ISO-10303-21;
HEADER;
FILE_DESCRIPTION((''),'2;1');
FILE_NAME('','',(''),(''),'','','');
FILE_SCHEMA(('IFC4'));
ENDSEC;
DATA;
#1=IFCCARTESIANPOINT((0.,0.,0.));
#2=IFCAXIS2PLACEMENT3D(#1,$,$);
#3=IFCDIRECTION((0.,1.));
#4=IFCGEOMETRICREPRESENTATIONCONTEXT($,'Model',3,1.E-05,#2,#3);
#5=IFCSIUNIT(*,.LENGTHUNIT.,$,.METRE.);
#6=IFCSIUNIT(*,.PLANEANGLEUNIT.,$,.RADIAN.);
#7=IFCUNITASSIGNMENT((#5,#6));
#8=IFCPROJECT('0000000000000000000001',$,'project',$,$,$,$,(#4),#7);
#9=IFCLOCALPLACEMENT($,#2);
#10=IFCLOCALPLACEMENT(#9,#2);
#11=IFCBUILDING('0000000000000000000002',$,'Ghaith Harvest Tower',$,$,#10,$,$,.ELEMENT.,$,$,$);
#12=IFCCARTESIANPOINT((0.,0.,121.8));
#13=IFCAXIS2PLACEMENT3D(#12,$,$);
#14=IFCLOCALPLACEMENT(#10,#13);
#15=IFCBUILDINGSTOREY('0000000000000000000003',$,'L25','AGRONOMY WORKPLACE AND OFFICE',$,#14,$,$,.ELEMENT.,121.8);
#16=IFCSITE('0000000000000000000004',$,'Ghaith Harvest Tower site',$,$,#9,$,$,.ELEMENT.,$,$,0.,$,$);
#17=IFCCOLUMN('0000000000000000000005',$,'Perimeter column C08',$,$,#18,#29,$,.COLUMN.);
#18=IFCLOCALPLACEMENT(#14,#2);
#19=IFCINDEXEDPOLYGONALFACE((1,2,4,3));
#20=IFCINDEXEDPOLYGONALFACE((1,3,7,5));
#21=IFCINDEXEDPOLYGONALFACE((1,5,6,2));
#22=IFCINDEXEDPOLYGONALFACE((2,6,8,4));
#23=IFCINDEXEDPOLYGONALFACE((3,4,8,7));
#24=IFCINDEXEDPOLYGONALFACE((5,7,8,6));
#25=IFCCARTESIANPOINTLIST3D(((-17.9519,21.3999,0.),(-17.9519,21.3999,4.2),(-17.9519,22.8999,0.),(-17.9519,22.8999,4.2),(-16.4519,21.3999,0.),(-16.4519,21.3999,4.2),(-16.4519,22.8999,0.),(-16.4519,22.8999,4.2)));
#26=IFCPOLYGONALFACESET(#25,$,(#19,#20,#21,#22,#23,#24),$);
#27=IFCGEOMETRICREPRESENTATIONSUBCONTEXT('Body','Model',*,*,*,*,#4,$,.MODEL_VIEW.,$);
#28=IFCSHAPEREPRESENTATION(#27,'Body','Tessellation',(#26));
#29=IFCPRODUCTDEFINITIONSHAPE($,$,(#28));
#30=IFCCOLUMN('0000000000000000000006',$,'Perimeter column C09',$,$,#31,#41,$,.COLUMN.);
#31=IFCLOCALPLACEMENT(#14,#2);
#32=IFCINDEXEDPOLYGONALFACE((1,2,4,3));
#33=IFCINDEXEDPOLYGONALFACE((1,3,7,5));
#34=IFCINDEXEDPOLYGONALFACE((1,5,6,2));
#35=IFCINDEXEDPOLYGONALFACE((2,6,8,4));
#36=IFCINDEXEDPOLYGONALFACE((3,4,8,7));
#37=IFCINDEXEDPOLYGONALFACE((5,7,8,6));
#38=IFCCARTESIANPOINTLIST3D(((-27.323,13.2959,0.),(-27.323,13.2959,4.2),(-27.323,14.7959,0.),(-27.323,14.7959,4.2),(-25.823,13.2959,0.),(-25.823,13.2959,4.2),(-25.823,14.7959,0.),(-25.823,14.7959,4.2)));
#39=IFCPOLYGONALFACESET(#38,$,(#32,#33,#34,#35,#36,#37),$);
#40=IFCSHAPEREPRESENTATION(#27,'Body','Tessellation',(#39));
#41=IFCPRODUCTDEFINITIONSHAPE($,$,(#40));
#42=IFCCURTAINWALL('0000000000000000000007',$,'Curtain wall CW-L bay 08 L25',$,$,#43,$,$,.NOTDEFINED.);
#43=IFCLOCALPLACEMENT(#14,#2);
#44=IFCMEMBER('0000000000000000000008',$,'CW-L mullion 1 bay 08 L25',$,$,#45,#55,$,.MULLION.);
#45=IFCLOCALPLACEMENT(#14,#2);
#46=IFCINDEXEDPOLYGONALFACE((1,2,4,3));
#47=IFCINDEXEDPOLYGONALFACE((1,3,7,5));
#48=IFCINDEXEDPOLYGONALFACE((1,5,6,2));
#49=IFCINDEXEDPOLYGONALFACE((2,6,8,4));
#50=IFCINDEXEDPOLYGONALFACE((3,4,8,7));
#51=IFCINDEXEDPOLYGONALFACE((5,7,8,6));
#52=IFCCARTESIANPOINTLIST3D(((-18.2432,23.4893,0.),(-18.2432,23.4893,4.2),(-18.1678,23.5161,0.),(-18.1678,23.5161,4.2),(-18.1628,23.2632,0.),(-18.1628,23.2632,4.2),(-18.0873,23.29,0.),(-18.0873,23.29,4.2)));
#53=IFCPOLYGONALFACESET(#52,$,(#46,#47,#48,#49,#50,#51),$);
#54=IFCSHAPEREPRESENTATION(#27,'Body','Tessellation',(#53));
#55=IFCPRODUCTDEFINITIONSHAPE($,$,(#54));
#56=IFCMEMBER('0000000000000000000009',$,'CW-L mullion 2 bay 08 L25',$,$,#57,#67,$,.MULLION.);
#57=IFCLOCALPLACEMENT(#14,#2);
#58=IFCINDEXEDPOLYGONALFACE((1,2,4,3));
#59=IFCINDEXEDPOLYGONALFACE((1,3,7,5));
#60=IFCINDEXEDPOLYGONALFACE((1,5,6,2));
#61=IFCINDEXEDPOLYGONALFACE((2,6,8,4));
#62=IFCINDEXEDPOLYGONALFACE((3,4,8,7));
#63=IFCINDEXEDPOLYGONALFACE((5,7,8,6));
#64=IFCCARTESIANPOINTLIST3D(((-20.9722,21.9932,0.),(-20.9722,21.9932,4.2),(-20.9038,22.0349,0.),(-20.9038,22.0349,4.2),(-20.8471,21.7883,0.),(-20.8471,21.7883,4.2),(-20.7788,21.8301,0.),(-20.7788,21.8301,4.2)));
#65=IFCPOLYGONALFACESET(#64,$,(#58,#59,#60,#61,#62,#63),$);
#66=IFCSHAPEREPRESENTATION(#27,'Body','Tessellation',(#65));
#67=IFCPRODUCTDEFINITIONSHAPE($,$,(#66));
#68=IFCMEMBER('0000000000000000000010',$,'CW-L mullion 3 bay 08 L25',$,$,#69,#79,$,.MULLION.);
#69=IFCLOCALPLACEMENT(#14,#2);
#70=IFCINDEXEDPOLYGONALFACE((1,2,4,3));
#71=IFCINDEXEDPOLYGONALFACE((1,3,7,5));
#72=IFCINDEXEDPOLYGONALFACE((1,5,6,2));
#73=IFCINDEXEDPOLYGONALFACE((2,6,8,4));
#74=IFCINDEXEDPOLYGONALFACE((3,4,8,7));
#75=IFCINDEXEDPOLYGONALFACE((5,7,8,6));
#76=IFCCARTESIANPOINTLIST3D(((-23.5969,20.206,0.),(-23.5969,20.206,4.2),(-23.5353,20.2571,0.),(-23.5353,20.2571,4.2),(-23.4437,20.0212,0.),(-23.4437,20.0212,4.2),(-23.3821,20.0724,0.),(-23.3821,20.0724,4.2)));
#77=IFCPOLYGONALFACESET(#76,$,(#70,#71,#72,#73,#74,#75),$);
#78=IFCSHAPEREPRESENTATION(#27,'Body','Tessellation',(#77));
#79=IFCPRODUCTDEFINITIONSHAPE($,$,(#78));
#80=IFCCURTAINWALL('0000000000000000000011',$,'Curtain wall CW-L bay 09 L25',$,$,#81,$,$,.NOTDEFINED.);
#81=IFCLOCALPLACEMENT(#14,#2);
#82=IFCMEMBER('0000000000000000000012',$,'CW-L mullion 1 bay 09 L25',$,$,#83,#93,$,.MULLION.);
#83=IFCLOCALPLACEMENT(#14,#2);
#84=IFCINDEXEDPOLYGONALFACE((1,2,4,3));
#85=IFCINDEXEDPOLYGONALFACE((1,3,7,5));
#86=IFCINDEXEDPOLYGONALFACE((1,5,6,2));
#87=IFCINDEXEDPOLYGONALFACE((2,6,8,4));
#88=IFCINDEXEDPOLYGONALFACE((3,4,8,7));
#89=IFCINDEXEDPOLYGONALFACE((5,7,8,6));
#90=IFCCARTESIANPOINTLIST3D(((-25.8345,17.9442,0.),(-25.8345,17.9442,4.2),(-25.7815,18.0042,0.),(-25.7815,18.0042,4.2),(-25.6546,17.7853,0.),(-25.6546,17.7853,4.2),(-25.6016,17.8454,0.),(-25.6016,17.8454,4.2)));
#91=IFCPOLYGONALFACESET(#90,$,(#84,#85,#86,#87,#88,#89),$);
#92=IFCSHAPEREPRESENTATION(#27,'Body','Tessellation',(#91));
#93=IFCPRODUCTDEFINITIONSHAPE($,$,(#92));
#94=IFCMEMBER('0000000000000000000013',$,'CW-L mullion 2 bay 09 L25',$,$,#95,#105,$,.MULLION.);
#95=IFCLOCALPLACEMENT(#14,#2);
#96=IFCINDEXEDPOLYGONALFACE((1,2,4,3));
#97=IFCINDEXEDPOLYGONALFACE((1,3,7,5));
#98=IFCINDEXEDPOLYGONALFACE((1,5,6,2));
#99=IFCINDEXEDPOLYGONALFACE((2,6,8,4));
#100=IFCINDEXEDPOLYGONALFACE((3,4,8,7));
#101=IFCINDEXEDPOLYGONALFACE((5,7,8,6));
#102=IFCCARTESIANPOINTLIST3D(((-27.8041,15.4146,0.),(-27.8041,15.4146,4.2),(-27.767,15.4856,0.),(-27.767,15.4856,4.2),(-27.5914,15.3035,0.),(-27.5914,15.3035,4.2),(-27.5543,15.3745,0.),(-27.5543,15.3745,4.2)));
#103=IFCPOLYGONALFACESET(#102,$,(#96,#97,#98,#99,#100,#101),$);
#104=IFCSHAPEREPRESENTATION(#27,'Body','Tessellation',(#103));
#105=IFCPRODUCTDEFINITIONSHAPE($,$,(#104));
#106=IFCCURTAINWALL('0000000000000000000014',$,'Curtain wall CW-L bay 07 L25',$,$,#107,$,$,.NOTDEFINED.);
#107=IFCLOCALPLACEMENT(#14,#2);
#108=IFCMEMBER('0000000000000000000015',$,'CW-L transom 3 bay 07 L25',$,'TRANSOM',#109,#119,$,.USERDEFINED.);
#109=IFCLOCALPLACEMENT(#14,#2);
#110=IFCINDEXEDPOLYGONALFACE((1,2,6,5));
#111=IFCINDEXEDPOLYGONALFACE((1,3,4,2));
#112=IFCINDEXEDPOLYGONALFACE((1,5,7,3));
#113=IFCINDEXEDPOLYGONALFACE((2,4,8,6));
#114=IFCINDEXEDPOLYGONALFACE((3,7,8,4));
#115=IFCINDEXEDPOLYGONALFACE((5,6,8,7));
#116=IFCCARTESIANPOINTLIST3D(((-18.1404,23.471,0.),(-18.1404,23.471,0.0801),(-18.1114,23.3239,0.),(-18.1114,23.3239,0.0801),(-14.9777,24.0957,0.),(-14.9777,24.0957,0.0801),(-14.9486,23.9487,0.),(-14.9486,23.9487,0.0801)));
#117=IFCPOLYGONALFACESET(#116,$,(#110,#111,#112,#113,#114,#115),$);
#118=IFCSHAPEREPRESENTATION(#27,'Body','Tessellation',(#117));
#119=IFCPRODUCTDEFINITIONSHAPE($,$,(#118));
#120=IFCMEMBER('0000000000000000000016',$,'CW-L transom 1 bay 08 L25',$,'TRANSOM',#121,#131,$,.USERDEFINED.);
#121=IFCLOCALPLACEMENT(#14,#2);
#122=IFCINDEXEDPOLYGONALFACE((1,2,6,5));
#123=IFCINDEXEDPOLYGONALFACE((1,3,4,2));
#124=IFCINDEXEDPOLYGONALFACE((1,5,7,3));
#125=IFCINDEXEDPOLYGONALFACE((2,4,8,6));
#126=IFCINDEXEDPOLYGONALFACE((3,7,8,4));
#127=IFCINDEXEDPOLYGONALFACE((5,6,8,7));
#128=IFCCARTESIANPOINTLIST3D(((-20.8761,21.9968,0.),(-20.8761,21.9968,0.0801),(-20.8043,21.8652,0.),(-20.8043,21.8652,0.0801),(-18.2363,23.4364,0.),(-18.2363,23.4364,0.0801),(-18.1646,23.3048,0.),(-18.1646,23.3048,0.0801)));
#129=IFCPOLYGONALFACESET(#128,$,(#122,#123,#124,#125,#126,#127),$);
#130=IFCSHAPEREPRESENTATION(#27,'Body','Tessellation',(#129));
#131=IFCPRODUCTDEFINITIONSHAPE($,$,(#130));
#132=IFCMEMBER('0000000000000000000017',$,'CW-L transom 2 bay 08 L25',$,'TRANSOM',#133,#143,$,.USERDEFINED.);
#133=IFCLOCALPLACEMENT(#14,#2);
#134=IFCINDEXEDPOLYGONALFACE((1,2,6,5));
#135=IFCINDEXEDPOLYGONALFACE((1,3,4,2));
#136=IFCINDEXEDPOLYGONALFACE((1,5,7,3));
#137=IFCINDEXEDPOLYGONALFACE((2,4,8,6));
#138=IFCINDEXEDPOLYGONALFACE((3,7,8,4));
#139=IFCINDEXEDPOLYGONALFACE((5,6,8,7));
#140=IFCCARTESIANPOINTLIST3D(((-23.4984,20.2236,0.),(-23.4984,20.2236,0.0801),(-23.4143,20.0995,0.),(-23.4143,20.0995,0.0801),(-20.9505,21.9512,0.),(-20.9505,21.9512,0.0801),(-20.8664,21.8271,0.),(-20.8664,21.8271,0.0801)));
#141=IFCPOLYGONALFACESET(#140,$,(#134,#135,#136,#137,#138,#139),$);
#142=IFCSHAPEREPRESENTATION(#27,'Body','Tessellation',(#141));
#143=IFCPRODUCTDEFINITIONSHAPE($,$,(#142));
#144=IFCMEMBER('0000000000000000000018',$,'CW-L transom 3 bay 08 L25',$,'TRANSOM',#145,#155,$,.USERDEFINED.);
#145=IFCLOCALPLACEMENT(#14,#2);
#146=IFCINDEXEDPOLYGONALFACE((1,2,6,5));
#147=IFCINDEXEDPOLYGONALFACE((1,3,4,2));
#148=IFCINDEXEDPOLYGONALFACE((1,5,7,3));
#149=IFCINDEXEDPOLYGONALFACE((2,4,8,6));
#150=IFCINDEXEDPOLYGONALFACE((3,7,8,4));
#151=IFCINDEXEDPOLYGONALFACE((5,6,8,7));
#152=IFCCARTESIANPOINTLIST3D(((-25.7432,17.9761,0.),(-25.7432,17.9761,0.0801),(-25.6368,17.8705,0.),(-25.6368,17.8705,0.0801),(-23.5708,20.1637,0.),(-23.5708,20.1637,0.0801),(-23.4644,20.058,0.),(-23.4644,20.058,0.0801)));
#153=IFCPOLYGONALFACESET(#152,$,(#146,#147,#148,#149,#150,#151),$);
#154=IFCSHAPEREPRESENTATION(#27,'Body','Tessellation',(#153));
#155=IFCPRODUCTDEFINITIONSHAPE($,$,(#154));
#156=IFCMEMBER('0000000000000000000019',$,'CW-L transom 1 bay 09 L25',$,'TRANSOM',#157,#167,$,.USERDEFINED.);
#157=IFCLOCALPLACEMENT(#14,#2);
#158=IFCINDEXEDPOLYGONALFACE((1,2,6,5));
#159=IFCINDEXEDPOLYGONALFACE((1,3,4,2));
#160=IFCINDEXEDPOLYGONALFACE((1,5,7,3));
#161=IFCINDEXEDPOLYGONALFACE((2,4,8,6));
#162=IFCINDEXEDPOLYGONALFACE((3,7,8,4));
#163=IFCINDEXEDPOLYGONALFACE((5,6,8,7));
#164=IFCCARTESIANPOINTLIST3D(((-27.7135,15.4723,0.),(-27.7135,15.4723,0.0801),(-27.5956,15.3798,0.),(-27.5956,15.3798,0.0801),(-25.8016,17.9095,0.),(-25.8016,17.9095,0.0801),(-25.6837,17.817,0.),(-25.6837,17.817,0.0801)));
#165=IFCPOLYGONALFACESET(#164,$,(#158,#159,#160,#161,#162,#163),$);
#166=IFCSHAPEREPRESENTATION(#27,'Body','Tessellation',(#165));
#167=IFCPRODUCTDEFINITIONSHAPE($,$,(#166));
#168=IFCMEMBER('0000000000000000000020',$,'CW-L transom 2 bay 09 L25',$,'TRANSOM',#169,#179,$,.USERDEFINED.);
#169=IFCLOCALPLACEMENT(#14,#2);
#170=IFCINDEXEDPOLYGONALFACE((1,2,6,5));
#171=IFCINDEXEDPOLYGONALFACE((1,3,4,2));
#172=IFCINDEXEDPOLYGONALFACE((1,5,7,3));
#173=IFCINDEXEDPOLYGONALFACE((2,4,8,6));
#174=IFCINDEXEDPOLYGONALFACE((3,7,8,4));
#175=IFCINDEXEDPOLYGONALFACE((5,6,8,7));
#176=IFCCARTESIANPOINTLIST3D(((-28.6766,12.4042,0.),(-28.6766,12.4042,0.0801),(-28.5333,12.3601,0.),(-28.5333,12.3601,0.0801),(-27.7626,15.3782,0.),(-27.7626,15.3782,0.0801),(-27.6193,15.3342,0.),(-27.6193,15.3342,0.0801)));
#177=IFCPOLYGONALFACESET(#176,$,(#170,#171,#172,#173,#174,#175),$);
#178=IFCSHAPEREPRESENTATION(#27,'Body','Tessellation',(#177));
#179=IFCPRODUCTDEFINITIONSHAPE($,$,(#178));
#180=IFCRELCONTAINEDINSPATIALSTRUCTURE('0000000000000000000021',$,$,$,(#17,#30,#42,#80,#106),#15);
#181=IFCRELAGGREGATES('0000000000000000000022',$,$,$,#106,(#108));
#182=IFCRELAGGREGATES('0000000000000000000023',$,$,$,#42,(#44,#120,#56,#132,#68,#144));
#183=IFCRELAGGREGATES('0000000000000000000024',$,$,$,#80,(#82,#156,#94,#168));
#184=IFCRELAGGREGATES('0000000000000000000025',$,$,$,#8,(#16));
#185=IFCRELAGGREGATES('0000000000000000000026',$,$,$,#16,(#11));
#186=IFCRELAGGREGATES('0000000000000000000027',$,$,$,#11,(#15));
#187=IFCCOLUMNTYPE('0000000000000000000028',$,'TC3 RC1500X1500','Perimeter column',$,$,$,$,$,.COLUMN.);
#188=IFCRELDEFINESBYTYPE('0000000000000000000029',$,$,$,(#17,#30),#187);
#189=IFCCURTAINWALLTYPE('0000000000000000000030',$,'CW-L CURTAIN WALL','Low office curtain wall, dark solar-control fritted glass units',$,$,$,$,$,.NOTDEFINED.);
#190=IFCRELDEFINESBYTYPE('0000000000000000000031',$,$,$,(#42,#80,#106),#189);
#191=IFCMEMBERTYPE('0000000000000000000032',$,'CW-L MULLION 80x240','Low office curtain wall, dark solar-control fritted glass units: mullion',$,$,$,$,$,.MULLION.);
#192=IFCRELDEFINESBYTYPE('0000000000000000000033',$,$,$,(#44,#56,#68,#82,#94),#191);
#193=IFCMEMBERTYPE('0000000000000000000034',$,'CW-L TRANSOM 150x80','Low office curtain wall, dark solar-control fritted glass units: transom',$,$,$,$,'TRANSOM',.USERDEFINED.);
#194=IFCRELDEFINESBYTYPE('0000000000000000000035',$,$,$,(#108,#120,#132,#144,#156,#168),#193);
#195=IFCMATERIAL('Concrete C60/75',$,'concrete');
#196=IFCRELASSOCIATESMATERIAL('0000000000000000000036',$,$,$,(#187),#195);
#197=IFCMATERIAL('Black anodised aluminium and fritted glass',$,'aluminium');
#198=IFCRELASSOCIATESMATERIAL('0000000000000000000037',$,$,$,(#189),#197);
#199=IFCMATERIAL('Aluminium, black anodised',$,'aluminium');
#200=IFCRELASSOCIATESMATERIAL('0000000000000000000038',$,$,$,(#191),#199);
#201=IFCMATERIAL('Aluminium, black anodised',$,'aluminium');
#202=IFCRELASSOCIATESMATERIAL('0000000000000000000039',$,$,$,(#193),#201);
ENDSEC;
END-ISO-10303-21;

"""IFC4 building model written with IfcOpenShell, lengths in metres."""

from ifc_helpers import new_model, si_unit, direction, frame, origin, origin_2d, place, context, subcontext, project, spatial, rectangle, extrude, material, material_profile, profile_set, type_object, element, aggregate, save


model = new_model("IFC4")

# Units and contexts
model_context = context("Model", 3, precision=1e-05, world=origin(), true_north=direction((0.0, 1.0)))
body_context = subcontext(model_context, "Body", "Model", "MODEL_VIEW")
ifc_project = project(units=[si_unit("LENGTHUNIT", "METRE"), si_unit("PLANEANGLEUNIT", "RADIAN")], contexts=[model_context])

# Site, building, storey
site_placement = place(None, origin())
site = spatial("IfcSite", under=ifc_project, at=site_placement, Name="Ghaith Harvest Tower site", CompositionType="ELEMENT", RefElevation=0.0)
building_placement = place(site_placement, origin())
building = spatial("IfcBuilding", under=site, at=building_placement, Name="Ghaith Harvest Tower", CompositionType="ELEMENT")
storey_placement = place(building_placement, frame((0.0, 0.0, 121.8)))
storey = spatial("IfcBuildingStorey", under=building, at=storey_placement, Name="L25", Description="AGRONOMY WORKPLACE AND OFFICE", CompositionType="ELEMENT", Elevation=121.8)

# Columns
ifc_material_1 = material(Name="Concrete C60/75", Category="concrete")
ifc_material_profile_1 = material_profile(ifc_material_1, rectangle(XDim=1.5, YDim=1.5, at=origin_2d()), Name="RC1500X1500")
ifc_profile_set_1 = profile_set([ifc_material_profile_1], Name="Concrete C60/75")
column_type = type_object("IfcColumnType", Name="TC3 RC1500X1500", Description="Perimeter column", PredefinedType="COLUMN", material=ifc_profile_set_1)
for number, where, z_axis, x_axis, name in (
    (1, (-17.2019, 22.1499, 0.0), (0.0, 0.0, 1.0), (1.0, 0.0, 0.0), "Perimeter column C08"),
    (2, (-26.573, 14.0459, 0.0), (0.0, 0.0, 1.0), (1.0, 0.0, 0.0), "Perimeter column C09"),
):
    element("IfcColumn", number, at=place(storey_placement, frame(where, z_axis=z_axis, x_axis=x_axis)), inside=storey, type_object=column_type, Name=name, PredefinedType="COLUMN", context=body_context, shape_type="SweptSolid", body=[
        extrude(rectangle(XDim=1.5, YDim=1.5, at=origin_2d()), origin(), (0.0, 0.0, 1.0), 4.2),
    ])

# Curtain walls, members
ifc_material_2 = material(Name="Black anodised aluminium and fritted glass", Category="aluminium")
curtain_wall_type = type_object("IfcCurtainWallType", Name="CW-L CURTAIN WALL", Description="Low office curtain wall, dark solar-control fritted glass units", PredefinedType="NOTDEFINED", material=ifc_material_2)
curtain_wall_1_placement = place(storey_placement, origin())
curtain_wall_1 = element("IfcCurtainWall", 3, at=curtain_wall_1_placement, inside=storey, type_object=curtain_wall_type, Name="Curtain wall CW-L bay 08 L25", PredefinedType="NOTDEFINED")
ifc_material_3 = material(Name="Aluminium, black anodised", Category="aluminium")
ifc_material_profile_2 = material_profile(ifc_material_3, rectangle(XDim=0.0801, YDim=0.24, at=origin_2d()), Name="CW-L MULLION 80x240")
ifc_profile_set_2 = profile_set([ifc_material_profile_2], Name="Aluminium, black anodised")
member_type_1 = type_object("IfcMemberType", Name="CW-L MULLION 80x240", Description="Low office curtain wall, dark solar-control fritted glass units: mullion", PredefinedType="MULLION", material=ifc_profile_set_2)
member_1_placement = place(storey_placement, frame((-18.1653, 23.3896, 0.0), z_axis=(0.0, 0.0, 1.0), x_axis=(-0.942104, -0.335322, 0.0)))
member_1 = element("IfcMember", 4, at=member_1_placement, type_object=member_type_1, Name="CW-L mullion 1 bay 08 L25", PredefinedType="MULLION", context=body_context, shape_type="SweptSolid", body=[
    extrude(rectangle(XDim=0.0801, YDim=0.24, at=origin_2d()), origin(), (0.0, 0.0, 1.0), 4.2),
])
member_2_placement = place(storey_placement, frame((-20.8755, 21.9116, 0.0), z_axis=(0.0, 0.0, 1.0), x_axis=(-0.853516, -0.521067, 0.0)))
member_2 = element("IfcMember", 5, at=member_2_placement, type_object=member_type_1, Name="CW-L mullion 2 bay 08 L25", PredefinedType="MULLION", context=body_context, shape_type="SweptSolid", body=[
    extrude(rectangle(XDim=0.0801, YDim=0.24, at=origin_2d()), origin(), (0.0, 0.0, 1.0), 4.2),
])
member_3_placement = place(storey_placement, frame((-23.4895, 20.1392, 0.0), z_axis=(0.0, 0.0, 1.0), x_axis=(-0.769683, -0.638427, 0.0)))
member_3 = element("IfcMember", 6, at=member_3_placement, type_object=member_type_1, Name="CW-L mullion 3 bay 08 L25", PredefinedType="MULLION", context=body_context, shape_type="SweptSolid", body=[
    extrude(rectangle(XDim=0.0801, YDim=0.24, at=origin_2d()), origin(), (0.0, 0.0, 1.0), 4.2),
])
curtain_wall_2_placement = place(storey_placement, origin())
curtain_wall_2 = element("IfcCurtainWall", 7, at=curtain_wall_2_placement, inside=storey, type_object=curtain_wall_type, Name="Curtain wall CW-L bay 09 L25", PredefinedType="NOTDEFINED")
member_4_placement = place(storey_placement, frame((-25.718, 17.8948, 0.0), z_axis=(0.0, 0.0, 1.0), x_axis=(-0.661904, -0.749589, 0.0)))
member_4 = element("IfcMember", 8, at=member_4_placement, type_object=member_type_1, Name="CW-L mullion 1 bay 09 L25", PredefinedType="MULLION", context=body_context, shape_type="SweptSolid", body=[
    extrude(rectangle(XDim=0.0801, YDim=0.24, at=origin_2d()), origin(), (0.0, 0.0, 1.0), 4.2),
])
member_5_placement = place(storey_placement, frame((-27.6792, 15.3945, 0.0), z_axis=(0.0, 0.0, 1.0), x_axis=(-0.46289, -0.886416, 0.0)))
member_5 = element("IfcMember", 9, at=member_5_placement, type_object=member_type_1, Name="CW-L mullion 2 bay 09 L25", PredefinedType="MULLION", context=body_context, shape_type="SweptSolid", body=[
    extrude(rectangle(XDim=0.0801, YDim=0.24, at=origin_2d()), origin(), (0.0, 0.0, 1.0), 4.2),
])

# Curtain wall, member
curtain_wall_3_placement = place(storey_placement, origin())
curtain_wall_3 = element("IfcCurtainWall", 10, at=curtain_wall_3_placement, inside=storey, type_object=curtain_wall_type, Name="Curtain wall CW-L bay 07 L25", PredefinedType="NOTDEFINED")
ifc_material_4 = material(Name="Aluminium, black anodised", Category="aluminium")
ifc_material_profile_3 = material_profile(ifc_material_4, rectangle(XDim=0.1499, YDim=0.0801, at=origin_2d()), Name="CW-L TRANSOM 150x80")
ifc_profile_set_3 = profile_set([ifc_material_profile_3], Name="Aluminium, black anodised")
member_type_2 = type_object("IfcMemberType", Name="CW-L TRANSOM 150x80", Description="Low office curtain wall, dark solar-control fritted glass units: transom", ElementType="TRANSOM", PredefinedType="USERDEFINED", material=ifc_profile_set_3)
member_6_placement = place(storey_placement, frame((-14.9631, 24.0222, 0.04), z_axis=(-0.981044, -0.193786, 0.0), x_axis=(0.193786, -0.981044, 0.0)))
member_6 = element("IfcMember", 11, at=member_6_placement, type_object=member_type_2, Name="CW-L transom 3 bay 07 L25", ObjectType="TRANSOM", PredefinedType="USERDEFINED", context=body_context, shape_type="SweptSolid", body=[
    extrude(rectangle(XDim=0.1499, YDim=0.0801, at=origin_2d()), origin(), (0.0, 0.0, 1.0), 3.2239),
])

# Members
member_7_placement = place(storey_placement, frame((-18.2004, 23.3706, 0.04), z_axis=(-0.87793, -0.47879, 0.0), x_axis=(0.47879, -0.87793, 0.0)))
member_7 = element("IfcMember", 12, at=member_7_placement, type_object=member_type_2, Name="CW-L transom 1 bay 08 L25", ObjectType="TRANSOM", PredefinedType="USERDEFINED", context=body_context, shape_type="SweptSolid", body=[
    extrude(rectangle(XDim=0.1499, YDim=0.0801, at=origin_2d()), origin(), (0.0, 0.0, 1.0), 3.0068),
])
member_8_placement = place(storey_placement, frame((-20.9084, 21.8892, 0.04), z_axis=(-0.827681, -0.561199, 0.0), x_axis=(0.561199, -0.827681, 0.0)))
member_8 = element("IfcMember", 13, at=member_8_placement, type_object=member_type_2, Name="CW-L transom 2 bay 08 L25", ObjectType="TRANSOM", PredefinedType="USERDEFINED", context=body_context, shape_type="SweptSolid", body=[
    extrude(rectangle(XDim=0.1499, YDim=0.0801, at=origin_2d()), origin(), (0.0, 0.0, 1.0), 3.0784),
])
member_9_placement = place(storey_placement, frame((-23.5176, 20.1108, 0.04), z_axis=(-0.704648, -0.709557, 0.0), x_axis=(0.709557, -0.704648, 0.0)))
member_9 = element("IfcMember", 14, at=member_9_placement, type_object=member_type_2, Name="CW-L transom 3 bay 08 L25", ObjectType="TRANSOM", PredefinedType="USERDEFINED", context=body_context, shape_type="SweptSolid", body=[
    extrude(rectangle(XDim=0.1499, YDim=0.0801, at=origin_2d()), origin(), (0.0, 0.0, 1.0), 3.083),
])
member_10_placement = place(storey_placement, frame((-25.7427, 17.8633, 0.04), z_axis=(-0.617198, -0.786808, 0.0), x_axis=(0.786808, -0.617198, 0.0)))
member_10 = element("IfcMember", 15, at=member_10_placement, type_object=member_type_2, Name="CW-L transom 1 bay 09 L25", ObjectType="TRANSOM", PredefinedType="USERDEFINED", context=body_context, shape_type="SweptSolid", body=[
    extrude(rectangle(XDim=0.1499, YDim=0.0801, at=origin_2d()), origin(), (0.0, 0.0, 1.0), 3.0977),
])
member_11_placement = place(storey_placement, frame((-27.6909, 15.3562, 0.04), z_axis=(-0.293777, -0.955874, 0.0), x_axis=(0.955874, -0.293777, 0.0)))
member_11 = element("IfcMember", 16, at=member_11_placement, type_object=member_type_2, Name="CW-L transom 2 bay 09 L25", ObjectType="TRANSOM", PredefinedType="USERDEFINED", context=body_context, shape_type="SweptSolid", body=[
    extrude(rectangle(XDim=0.1499, YDim=0.0801, at=origin_2d()), origin(), (0.0, 0.0, 1.0), 3.1113),
])

aggregate(curtain_wall_3, [member_6])
aggregate(curtain_wall_1, [member_1, member_7, member_2, member_8, member_3, member_9])
aggregate(curtain_wall_2, [member_4, member_10, member_5, member_11])

save(model, "model.ifc")
